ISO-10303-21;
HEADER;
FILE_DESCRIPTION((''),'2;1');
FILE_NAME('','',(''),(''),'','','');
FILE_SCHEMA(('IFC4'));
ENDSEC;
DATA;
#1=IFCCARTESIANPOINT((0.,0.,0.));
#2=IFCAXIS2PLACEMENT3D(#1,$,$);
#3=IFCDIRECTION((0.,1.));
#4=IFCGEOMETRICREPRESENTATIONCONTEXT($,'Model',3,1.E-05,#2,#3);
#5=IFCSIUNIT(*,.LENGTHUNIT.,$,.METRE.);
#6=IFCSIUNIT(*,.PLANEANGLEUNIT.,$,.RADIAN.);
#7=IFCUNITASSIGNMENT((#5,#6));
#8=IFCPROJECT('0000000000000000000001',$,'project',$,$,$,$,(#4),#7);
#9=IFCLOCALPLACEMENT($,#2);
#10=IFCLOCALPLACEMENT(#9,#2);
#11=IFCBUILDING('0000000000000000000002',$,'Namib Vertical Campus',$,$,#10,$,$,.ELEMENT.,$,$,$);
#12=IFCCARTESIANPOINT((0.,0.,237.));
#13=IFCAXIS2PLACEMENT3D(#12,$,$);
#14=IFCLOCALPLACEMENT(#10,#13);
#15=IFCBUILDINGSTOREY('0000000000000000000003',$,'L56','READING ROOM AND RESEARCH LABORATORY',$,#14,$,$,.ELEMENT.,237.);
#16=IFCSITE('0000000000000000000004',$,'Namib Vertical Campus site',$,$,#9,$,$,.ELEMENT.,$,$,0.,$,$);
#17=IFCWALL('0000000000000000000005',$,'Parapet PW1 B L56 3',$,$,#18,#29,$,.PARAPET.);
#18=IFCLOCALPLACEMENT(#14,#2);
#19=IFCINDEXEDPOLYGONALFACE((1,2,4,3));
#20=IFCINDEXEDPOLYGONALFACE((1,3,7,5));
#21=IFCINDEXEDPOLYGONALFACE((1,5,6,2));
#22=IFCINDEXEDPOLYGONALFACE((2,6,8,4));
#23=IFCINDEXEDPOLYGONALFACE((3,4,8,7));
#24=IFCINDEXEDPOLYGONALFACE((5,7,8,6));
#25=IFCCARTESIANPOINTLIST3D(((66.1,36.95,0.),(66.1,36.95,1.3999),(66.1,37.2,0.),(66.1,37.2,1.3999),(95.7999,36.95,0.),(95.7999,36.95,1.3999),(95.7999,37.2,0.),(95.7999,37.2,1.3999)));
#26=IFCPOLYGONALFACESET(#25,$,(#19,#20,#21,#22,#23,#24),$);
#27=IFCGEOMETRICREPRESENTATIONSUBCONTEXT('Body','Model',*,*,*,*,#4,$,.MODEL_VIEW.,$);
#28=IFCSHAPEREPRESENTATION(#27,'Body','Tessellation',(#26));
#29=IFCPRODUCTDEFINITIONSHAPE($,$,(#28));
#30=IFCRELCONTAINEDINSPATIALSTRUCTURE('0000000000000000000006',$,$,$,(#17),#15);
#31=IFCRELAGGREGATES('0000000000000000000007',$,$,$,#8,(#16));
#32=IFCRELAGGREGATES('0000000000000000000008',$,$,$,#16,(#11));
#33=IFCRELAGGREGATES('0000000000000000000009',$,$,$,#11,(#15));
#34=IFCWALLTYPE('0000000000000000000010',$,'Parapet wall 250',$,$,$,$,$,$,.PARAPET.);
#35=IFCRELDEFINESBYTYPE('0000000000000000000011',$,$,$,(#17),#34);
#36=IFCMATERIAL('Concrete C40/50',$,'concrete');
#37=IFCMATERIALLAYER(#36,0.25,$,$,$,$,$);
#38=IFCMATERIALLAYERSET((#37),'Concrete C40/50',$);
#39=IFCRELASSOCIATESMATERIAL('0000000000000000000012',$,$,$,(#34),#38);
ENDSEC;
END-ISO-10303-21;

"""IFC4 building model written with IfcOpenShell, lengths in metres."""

from ifc_helpers import new_model, si_unit, direction, frame, frame_2d, origin, place, context, subcontext, project, spatial, rectangle, extrude, material, layer, layer_set, type_object, element, save


model = new_model("IFC4")

# Units and contexts
model_context = context("Model", 3, precision=1e-05, world=origin(), true_north=direction((0.0, 1.0)))
body_context = subcontext(model_context, "Body", "Model", "MODEL_VIEW")
ifc_project = project(units=[si_unit("LENGTHUNIT", "METRE"), si_unit("PLANEANGLEUNIT", "RADIAN")], contexts=[model_context])

# Site, building, storey
site_placement = place(None, origin())
site = spatial("IfcSite", under=ifc_project, at=site_placement, Name="Namib Vertical Campus site", CompositionType="ELEMENT", RefElevation=0.0)
building_placement = place(site_placement, origin())
building = spatial("IfcBuilding", under=site, at=building_placement, Name="Namib Vertical Campus", CompositionType="ELEMENT")
storey_placement = place(building_placement, frame((0.0, 0.0, 237.0)))
storey = spatial("IfcBuildingStorey", under=building, at=storey_placement, Name="L56", Description="READING ROOM AND RESEARCH LABORATORY", CompositionType="ELEMENT", Elevation=237.0)

# Wall
ifc_material_1 = material(Name="Concrete C40/50", Category="concrete")
ifc_layer_1 = layer(ifc_material_1, 0.25)
ifc_layer_set_1 = layer_set([ifc_layer_1], Name="Concrete C40/50")
wall_type_1 = type_object("IfcWallType", Name="Parapet wall 250", PredefinedType="PARAPET", material=ifc_layer_set_1)
wall_1_placement = place(storey_placement, frame((95.8, 37.075, 0.0), z_axis=(0.0, 0.0, 1.0), x_axis=(-1.0, 0.0, 0.0)))
element("IfcWall", 1, at=wall_1_placement, inside=storey, type_object=wall_type_1, Name="Parapet PW1 B L56 3", PredefinedType="PARAPET", context=body_context, shape_type="SweptSolid", body=[
    extrude(rectangle(XDim=29.7, YDim=0.25, at=frame_2d((14.8501, 0.0))), origin(), (0.0, 0.0, 1.0), 1.3999),
])

save(model, "model.ifc")
